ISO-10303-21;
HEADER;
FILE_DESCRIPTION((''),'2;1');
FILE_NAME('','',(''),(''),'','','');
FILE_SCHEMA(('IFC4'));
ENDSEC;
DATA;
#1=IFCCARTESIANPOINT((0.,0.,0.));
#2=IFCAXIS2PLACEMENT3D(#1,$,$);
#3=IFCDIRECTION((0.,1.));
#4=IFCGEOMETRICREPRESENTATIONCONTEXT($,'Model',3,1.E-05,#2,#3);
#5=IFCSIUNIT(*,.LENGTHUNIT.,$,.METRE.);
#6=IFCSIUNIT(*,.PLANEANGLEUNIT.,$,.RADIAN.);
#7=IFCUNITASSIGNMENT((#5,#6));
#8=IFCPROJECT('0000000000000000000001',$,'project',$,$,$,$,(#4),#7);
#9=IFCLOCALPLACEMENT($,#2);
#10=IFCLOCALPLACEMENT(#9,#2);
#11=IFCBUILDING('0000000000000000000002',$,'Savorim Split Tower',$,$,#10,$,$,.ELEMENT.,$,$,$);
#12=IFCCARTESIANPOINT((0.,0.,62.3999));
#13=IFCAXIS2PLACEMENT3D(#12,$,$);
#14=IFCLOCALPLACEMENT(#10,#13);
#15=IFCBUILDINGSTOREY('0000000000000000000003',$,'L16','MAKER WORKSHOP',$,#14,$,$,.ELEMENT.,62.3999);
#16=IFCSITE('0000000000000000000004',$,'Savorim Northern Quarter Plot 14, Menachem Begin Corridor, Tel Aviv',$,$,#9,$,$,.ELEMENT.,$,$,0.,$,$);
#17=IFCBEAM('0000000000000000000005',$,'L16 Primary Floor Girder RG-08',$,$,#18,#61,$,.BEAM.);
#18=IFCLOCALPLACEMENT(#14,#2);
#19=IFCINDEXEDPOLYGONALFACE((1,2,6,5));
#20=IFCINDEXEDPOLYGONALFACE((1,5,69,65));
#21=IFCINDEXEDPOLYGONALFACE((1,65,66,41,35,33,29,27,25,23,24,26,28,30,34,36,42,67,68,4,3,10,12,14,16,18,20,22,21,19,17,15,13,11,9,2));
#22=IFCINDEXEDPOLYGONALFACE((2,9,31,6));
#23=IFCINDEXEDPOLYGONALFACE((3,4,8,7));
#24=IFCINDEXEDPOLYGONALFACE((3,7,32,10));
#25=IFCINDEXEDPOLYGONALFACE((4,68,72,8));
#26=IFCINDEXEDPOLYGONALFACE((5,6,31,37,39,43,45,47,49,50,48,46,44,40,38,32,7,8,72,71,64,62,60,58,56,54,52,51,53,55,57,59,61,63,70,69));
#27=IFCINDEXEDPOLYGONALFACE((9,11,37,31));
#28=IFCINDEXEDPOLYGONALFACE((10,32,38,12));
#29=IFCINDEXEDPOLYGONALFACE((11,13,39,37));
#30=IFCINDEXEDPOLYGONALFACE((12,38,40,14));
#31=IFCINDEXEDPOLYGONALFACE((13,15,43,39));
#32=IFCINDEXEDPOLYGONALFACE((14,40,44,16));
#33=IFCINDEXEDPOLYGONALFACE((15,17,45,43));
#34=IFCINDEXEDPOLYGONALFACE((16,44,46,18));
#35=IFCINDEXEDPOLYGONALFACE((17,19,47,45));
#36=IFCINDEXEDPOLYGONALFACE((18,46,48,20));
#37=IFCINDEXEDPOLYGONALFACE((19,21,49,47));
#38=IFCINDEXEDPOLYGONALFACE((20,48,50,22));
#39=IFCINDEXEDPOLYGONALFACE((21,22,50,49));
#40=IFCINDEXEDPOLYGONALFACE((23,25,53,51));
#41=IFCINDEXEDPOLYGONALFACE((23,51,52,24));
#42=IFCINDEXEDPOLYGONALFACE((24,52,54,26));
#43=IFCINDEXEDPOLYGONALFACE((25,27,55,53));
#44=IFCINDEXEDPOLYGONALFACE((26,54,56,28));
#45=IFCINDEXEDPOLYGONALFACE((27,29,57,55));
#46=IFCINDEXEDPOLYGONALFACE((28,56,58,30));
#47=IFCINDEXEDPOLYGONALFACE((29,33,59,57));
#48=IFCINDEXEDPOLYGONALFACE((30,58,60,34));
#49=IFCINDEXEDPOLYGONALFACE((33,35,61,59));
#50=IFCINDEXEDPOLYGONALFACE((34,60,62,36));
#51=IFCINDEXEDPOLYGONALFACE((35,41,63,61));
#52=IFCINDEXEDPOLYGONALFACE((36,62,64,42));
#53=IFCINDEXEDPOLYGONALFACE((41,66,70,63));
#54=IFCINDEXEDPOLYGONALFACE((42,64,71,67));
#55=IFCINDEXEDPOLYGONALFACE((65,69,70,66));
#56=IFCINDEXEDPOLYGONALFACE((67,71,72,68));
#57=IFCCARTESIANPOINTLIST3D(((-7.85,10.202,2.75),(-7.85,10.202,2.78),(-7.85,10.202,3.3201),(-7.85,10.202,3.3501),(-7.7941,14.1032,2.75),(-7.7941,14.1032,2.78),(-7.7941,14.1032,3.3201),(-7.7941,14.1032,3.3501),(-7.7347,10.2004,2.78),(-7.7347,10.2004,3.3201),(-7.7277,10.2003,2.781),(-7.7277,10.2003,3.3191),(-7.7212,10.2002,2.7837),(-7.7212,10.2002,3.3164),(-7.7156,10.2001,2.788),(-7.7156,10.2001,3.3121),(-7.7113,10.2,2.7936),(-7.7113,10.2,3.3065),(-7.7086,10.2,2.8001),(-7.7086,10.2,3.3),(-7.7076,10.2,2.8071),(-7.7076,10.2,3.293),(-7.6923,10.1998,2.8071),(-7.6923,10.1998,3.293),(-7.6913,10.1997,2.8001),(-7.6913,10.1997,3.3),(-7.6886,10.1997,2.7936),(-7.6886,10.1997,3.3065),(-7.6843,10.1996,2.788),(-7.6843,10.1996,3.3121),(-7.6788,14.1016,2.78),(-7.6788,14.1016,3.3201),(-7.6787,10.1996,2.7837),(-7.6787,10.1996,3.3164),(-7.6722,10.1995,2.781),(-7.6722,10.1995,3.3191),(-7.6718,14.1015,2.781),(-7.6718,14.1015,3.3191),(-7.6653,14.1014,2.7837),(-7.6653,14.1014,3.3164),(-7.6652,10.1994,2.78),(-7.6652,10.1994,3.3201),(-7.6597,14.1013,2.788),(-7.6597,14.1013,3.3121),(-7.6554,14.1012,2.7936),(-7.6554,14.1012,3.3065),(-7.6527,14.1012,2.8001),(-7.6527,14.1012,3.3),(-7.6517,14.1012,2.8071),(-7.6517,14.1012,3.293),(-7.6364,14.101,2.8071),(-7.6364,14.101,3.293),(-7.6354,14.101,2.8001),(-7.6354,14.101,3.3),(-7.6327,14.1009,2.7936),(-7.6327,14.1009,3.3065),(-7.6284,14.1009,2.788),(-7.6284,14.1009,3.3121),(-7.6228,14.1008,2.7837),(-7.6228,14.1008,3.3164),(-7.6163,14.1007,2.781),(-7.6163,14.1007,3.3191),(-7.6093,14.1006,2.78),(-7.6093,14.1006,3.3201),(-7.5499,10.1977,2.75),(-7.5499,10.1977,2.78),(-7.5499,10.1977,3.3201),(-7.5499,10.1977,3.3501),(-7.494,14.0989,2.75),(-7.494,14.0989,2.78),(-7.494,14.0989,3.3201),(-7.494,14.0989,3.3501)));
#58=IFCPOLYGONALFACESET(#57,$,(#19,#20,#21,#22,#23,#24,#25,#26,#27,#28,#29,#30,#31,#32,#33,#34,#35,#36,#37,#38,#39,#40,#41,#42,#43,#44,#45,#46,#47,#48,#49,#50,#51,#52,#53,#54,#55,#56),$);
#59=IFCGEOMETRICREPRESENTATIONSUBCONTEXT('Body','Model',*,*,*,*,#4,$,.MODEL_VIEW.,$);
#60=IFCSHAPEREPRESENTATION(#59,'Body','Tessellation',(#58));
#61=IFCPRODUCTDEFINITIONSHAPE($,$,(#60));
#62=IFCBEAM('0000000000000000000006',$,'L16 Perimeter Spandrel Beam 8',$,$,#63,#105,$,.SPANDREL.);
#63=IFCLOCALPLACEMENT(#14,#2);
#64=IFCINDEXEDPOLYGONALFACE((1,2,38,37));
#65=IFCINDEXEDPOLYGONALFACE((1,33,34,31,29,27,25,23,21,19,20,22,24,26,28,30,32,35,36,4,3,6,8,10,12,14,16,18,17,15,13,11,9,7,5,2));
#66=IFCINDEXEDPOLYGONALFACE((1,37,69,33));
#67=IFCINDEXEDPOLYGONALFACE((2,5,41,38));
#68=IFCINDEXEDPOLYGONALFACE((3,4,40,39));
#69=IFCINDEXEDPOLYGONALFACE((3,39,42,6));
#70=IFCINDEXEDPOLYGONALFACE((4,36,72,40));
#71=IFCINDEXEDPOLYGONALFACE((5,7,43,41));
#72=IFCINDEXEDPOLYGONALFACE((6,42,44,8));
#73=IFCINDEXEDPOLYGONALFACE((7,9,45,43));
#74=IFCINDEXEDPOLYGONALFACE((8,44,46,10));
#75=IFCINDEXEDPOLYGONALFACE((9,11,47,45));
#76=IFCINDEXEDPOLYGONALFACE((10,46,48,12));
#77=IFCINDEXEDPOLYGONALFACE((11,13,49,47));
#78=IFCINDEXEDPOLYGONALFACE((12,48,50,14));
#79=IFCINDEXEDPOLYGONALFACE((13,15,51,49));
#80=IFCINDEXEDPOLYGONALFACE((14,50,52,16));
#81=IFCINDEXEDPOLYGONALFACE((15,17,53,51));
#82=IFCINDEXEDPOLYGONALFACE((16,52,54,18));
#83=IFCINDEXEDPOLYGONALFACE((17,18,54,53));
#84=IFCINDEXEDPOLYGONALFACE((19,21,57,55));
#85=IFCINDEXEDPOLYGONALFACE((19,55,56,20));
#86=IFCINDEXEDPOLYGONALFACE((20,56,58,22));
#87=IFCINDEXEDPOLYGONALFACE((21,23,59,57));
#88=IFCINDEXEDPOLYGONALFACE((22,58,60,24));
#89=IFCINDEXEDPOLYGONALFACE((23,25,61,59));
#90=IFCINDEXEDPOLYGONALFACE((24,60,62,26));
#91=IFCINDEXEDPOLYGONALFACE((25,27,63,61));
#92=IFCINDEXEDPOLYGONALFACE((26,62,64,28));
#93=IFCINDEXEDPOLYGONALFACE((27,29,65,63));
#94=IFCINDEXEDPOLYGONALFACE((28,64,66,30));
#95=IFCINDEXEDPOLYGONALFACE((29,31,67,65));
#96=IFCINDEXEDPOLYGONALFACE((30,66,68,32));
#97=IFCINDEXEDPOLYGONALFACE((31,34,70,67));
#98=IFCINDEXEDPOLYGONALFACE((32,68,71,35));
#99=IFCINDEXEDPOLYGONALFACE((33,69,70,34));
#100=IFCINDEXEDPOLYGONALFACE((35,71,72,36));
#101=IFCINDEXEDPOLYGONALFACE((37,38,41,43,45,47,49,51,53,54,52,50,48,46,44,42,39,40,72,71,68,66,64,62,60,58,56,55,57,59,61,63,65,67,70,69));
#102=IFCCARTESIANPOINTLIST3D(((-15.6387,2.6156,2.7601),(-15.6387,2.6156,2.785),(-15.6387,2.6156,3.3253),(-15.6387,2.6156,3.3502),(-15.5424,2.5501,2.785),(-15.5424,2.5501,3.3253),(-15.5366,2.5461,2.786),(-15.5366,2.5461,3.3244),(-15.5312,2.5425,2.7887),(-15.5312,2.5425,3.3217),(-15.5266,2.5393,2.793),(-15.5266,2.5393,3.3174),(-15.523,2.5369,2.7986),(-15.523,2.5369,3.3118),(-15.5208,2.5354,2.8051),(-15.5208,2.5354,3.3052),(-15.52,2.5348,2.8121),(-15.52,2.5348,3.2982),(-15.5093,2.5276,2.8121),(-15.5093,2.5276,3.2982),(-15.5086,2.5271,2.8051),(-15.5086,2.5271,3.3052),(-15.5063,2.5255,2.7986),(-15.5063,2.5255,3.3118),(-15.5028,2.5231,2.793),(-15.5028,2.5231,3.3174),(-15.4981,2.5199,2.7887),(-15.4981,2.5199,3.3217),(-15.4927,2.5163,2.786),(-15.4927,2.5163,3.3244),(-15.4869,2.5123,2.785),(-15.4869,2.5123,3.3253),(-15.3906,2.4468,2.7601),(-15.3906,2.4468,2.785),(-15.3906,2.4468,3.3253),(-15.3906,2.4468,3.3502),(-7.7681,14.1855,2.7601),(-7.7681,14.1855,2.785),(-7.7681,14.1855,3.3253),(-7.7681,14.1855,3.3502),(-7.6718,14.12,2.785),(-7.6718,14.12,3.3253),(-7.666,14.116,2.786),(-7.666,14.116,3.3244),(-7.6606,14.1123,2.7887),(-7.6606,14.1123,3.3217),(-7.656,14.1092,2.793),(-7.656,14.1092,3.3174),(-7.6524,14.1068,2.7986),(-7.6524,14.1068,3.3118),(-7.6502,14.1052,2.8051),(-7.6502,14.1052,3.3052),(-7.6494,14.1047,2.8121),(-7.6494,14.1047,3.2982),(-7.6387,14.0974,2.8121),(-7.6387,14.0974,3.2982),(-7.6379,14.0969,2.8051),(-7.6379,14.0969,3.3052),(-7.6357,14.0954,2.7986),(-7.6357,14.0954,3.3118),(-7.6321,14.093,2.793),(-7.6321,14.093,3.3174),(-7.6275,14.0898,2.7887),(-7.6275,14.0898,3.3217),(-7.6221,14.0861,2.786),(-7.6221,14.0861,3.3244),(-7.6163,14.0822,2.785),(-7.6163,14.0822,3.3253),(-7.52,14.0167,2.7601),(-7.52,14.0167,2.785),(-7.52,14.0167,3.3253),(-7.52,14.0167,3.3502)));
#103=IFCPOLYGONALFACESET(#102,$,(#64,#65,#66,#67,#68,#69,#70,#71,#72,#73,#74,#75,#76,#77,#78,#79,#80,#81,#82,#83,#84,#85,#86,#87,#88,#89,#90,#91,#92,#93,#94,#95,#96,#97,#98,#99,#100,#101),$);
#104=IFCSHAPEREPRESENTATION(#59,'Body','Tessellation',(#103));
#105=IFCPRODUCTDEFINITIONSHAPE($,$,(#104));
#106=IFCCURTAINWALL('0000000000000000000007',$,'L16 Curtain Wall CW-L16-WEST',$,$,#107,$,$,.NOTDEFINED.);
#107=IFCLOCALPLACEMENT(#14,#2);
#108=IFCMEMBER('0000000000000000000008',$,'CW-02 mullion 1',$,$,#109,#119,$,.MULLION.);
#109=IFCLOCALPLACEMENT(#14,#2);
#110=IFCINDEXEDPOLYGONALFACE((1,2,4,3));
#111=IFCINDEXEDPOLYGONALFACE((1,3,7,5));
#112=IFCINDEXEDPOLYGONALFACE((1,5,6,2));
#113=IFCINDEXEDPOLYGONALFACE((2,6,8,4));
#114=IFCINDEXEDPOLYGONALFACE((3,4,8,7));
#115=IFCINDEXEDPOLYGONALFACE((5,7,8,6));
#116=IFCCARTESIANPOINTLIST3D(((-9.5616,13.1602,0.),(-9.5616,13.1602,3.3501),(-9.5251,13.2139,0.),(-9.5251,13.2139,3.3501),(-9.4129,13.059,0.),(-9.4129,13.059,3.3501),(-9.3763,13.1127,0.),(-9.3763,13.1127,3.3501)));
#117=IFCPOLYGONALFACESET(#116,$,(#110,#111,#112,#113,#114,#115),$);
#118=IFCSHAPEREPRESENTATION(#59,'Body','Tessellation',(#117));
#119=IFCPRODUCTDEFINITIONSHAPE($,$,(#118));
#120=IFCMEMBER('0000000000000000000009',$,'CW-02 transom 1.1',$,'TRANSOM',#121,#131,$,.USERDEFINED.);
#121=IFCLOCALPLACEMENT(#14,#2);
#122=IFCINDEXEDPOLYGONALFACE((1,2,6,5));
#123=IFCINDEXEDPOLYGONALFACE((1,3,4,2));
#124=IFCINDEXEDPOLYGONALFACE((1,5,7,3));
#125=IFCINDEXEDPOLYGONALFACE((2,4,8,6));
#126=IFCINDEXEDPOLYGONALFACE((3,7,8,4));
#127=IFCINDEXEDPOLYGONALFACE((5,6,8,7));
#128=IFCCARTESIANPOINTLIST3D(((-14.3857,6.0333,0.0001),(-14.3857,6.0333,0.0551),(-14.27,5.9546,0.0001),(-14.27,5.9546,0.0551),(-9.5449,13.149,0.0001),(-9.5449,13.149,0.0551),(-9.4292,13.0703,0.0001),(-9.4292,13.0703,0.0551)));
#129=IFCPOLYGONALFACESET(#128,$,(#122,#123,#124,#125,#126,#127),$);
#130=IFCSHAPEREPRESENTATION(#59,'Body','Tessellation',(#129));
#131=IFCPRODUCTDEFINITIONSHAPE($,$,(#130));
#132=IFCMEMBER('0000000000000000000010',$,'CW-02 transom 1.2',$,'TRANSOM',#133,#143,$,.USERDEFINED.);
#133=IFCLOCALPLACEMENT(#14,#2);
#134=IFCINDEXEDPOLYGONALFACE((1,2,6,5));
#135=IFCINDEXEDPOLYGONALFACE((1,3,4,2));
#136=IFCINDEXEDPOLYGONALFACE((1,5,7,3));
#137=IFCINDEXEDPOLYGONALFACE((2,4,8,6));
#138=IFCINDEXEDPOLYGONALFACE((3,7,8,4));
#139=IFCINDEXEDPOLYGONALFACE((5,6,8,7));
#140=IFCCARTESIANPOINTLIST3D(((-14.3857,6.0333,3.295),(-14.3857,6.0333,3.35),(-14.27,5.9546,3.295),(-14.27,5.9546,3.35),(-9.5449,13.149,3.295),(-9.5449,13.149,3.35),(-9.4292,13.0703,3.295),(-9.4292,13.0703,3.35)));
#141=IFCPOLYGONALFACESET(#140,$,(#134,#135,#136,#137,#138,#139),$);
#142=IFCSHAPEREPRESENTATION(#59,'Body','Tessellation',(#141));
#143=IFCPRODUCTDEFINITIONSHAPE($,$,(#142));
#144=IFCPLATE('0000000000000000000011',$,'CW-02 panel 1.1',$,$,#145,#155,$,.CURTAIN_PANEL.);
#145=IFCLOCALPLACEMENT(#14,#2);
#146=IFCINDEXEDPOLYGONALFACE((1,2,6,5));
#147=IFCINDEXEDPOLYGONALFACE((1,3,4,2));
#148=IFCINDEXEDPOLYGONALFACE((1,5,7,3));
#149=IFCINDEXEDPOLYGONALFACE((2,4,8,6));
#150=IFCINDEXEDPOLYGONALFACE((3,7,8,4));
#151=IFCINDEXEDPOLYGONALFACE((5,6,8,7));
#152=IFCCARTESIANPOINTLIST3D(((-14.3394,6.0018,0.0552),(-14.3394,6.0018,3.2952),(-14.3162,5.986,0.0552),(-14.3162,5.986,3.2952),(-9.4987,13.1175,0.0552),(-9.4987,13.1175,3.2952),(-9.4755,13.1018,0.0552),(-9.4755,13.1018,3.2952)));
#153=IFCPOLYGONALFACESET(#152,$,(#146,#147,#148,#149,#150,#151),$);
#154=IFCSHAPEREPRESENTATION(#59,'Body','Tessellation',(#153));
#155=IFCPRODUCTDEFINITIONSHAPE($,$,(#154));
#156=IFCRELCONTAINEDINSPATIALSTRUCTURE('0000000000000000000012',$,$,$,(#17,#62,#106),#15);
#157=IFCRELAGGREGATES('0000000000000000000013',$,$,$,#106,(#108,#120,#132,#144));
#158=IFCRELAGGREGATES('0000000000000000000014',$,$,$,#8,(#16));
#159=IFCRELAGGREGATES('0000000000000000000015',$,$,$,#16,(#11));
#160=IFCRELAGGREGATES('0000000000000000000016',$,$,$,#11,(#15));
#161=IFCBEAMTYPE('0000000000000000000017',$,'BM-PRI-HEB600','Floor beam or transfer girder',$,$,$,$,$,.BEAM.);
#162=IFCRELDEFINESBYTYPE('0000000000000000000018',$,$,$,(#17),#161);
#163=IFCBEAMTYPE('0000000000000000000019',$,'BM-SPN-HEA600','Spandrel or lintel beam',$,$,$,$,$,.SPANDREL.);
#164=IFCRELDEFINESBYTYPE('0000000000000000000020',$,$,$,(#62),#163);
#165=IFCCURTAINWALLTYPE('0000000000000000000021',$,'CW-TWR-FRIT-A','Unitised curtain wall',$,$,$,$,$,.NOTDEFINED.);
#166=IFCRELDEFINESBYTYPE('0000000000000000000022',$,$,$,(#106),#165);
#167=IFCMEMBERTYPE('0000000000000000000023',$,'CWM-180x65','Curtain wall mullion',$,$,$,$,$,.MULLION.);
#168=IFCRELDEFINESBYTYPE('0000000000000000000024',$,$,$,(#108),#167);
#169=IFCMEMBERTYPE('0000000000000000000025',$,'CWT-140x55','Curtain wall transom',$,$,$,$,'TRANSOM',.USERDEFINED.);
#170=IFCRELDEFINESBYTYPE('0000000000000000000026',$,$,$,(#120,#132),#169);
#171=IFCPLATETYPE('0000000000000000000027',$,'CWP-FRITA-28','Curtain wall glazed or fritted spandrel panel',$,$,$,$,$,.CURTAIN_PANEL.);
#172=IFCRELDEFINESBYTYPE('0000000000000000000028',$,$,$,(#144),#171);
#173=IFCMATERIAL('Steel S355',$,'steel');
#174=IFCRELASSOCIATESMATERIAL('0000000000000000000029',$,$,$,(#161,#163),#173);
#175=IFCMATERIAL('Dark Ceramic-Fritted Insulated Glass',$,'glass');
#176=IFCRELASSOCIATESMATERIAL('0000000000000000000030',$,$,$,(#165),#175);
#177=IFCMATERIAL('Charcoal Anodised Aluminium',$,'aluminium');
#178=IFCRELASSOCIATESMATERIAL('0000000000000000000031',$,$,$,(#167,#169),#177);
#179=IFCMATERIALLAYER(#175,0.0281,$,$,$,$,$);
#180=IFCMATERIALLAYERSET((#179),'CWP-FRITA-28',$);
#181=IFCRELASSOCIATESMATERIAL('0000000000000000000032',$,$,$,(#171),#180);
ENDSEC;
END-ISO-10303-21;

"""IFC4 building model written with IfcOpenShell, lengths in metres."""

from ifc_helpers import new_model, si_unit, direction, frame, origin, origin_2d, place, context, subcontext, project, spatial, rectangle, i_section, extrude, material, layer, layer_set, material_profile, profile_set, type_object, element, aggregate, save


model = new_model("IFC4")

# Units and contexts
model_context = context("Model", 3, precision=1e-05, world=origin(), true_north=direction((0.0, 1.0)))
body_context = subcontext(model_context, "Body", "Model", "MODEL_VIEW")
ifc_project = project(units=[si_unit("LENGTHUNIT", "METRE"), si_unit("PLANEANGLEUNIT", "RADIAN")], contexts=[model_context])

# Site, building, storey
site_placement = place(None, origin())
site = spatial("IfcSite", under=ifc_project, at=site_placement, Name="Savorim Northern Quarter Plot 14, Menachem Begin Corridor, Tel Aviv", CompositionType="ELEMENT", RefElevation=0.0)
building_placement = place(site_placement, origin())
building = spatial("IfcBuilding", under=site, at=building_placement, Name="Savorim Split Tower", CompositionType="ELEMENT")
storey_placement = place(building_placement, frame((0.0, 0.0, 62.3999)))
storey = spatial("IfcBuildingStorey", under=building, at=storey_placement, Name="L16", Description="MAKER WORKSHOP", CompositionType="ELEMENT", Elevation=62.3999)

# Beams
ifc_material_1 = material(Name="Steel S355", Category="steel")
ifc_material_profile_1 = material_profile(ifc_material_1, i_section(OverallWidth=0.3, OverallDepth=0.6001, WebThickness=0.0154, FlangeThickness=0.03, FilletRadius=0.0271, at=origin_2d()), Name="HEB 600")
ifc_profile_set_1 = profile_set([ifc_material_profile_1], Name="Steel S355")
beam_type_1 = type_object("IfcBeamType", Name="BM-PRI-HEB600", Description="Floor beam or transfer girder", PredefinedType="BEAM", material=ifc_profile_set_1)
beam_1_placement = place(storey_placement, frame((-7.644, 14.1011, 3.05), z_axis=(-0.01433, -0.999897, 0.0), x_axis=(0.999897, -0.01433, 0.0)))
element("IfcBeam", 1, at=beam_1_placement, inside=storey, type_object=beam_type_1, Name="L16 Primary Floor Girder RG-08", PredefinedType="BEAM", context=body_context, shape_type="SweptSolid", body=[
    extrude(i_section(OverallWidth=0.3, OverallDepth=0.6001, WebThickness=0.0154, FlangeThickness=0.03, FilletRadius=0.0271, at=origin_2d()), origin(), (0.0, 0.0, 1.0), 3.9016),
])
ifc_material_profile_2 = material_profile(ifc_material_1, i_section(OverallWidth=0.3, OverallDepth=0.5901, WebThickness=0.0129, FlangeThickness=0.0249, FilletRadius=0.0271, at=origin_2d()), Name="HEA 600")
ifc_profile_set_2 = profile_set([ifc_material_profile_2], Name="Steel S355")
beam_type_2 = type_object("IfcBeamType", Name="BM-SPN-HEA600", Description="Spandrel or lintel beam", PredefinedType="SPANDREL", material=ifc_profile_set_2)
beam_2_placement = place(storey_placement, frame((-7.644, 14.1011, 3.0552), z_axis=(-0.562463, -0.826823, 0.0), x_axis=(0.826823, -0.562463, 0.0)))
element("IfcBeam", 2, at=beam_2_placement, inside=storey, type_object=beam_type_2, Name="L16 Perimeter Spandrel Beam 8", PredefinedType="SPANDREL", context=body_context, shape_type="SweptSolid", body=[
    extrude(i_section(OverallWidth=0.3, OverallDepth=0.5901, WebThickness=0.0129, FlangeThickness=0.0249, FilletRadius=0.0271, at=origin_2d()), origin(), (0.0, 0.0, 1.0), 13.9932),
])

# Curtain wall, members, plate
ifc_material_2 = material(Name="Dark Ceramic-Fritted Insulated Glass", Category="glass")
curtain_wall_type = type_object("IfcCurtainWallType", Name="CW-TWR-FRIT-A", Description="Unitised curtain wall", PredefinedType="NOTDEFINED", material=ifc_material_2)
curtain_wall_placement = place(storey_placement, origin())
curtain_wall = element("IfcCurtainWall", 3, at=curtain_wall_placement, inside=storey, type_object=curtain_wall_type, Name="L16 Curtain Wall CW-L16-WEST", PredefinedType="NOTDEFINED")
ifc_material_3 = material(Name="Charcoal Anodised Aluminium", Category="aluminium")
ifc_material_profile_3 = material_profile(ifc_material_3, rectangle(XDim=0.1799, YDim=0.0649, at=origin_2d()), Name="ALU-M 180x65")
ifc_profile_set_3 = profile_set([ifc_material_profile_3], Name="Charcoal Anodised Aluminium")
member_type_1 = type_object("IfcMemberType", Name="CWM-180x65", Description="Curtain wall mullion", PredefinedType="MULLION", material=ifc_profile_set_3)
member_1_placement = place(storey_placement, frame((-9.469, 13.1365, 0.0), z_axis=(0.0, 0.0, 1.0), x_axis=(0.82682, -0.562466, 0.0)))
member_1 = element("IfcMember", 4, at=member_1_placement, type_object=member_type_1, Name="CW-02 mullion 1", PredefinedType="MULLION", context=body_context, shape_type="SweptSolid", body=[
    extrude(rectangle(XDim=0.1799, YDim=0.0649, at=origin_2d()), origin(), (0.0, 0.0, 1.0), 3.3501),
])
ifc_material_profile_4 = material_profile(ifc_material_3, rectangle(XDim=0.1399, YDim=0.0549, at=origin_2d()), Name="ALU-T 140x55")
ifc_profile_set_4 = profile_set([ifc_material_profile_4], Name="Charcoal Anodised Aluminium")
member_type_2 = type_object("IfcMemberType", Name="CWT-140x55", Description="Curtain wall transom", ElementType="TRANSOM", PredefinedType="USERDEFINED", material=ifc_profile_set_4)
member_2_placement = place(storey_placement, frame((-9.4871, 13.1096, 0.0276), z_axis=(-0.562479, -0.826811, 0.0), x_axis=(0.826811, -0.562479, 0.0)))
member_2 = element("IfcMember", 5, at=member_2_placement, type_object=member_type_2, Name="CW-02 transom 1.1", ObjectType="TRANSOM", PredefinedType="USERDEFINED", context=body_context, shape_type="SweptSolid", body=[
    extrude(rectangle(XDim=0.1399, YDim=0.0549, at=origin_2d()), origin(), (0.0, 0.0, 1.0), 8.6062),
])
member_3_placement = place(storey_placement, frame((-9.4871, 13.1096, 3.3225), z_axis=(-0.562479, -0.826811, 0.0), x_axis=(0.826811, -0.562479, 0.0)))
member_3 = element("IfcMember", 6, at=member_3_placement, type_object=member_type_2, Name="CW-02 transom 1.2", ObjectType="TRANSOM", PredefinedType="USERDEFINED", context=body_context, shape_type="SweptSolid", body=[
    extrude(rectangle(XDim=0.1399, YDim=0.0549, at=origin_2d()), origin(), (0.0, 0.0, 1.0), 8.6062),
])
ifc_layer_1 = layer(ifc_material_2, 0.0281)
ifc_layer_set_1 = layer_set([ifc_layer_1], Name="CWP-FRITA-28")
plate_type = type_object("IfcPlateType", Name="CWP-FRITA-28", Description="Curtain wall glazed or fritted spandrel panel", PredefinedType="CURTAIN_PANEL", material=ifc_layer_set_1)
plate_placement = place(storey_placement, frame((-11.9075, 9.5518, 0.0552), z_axis=(0.0, 0.0, 1.0), x_axis=(-0.562466, -0.82682, 0.0)))
plate = element("IfcPlate", 7, at=plate_placement, type_object=plate_type, Name="CW-02 panel 1.1", PredefinedType="CURTAIN_PANEL", context=body_context, shape_type="SweptSolid", body=[
    extrude(rectangle(XDim=8.6062, YDim=0.0281, at=origin_2d()), origin(), (0.0, 0.0, 1.0), 3.24),
])
aggregate(curtain_wall, [member_1, member_2, member_3, plate])

save(model, "model.ifc")
